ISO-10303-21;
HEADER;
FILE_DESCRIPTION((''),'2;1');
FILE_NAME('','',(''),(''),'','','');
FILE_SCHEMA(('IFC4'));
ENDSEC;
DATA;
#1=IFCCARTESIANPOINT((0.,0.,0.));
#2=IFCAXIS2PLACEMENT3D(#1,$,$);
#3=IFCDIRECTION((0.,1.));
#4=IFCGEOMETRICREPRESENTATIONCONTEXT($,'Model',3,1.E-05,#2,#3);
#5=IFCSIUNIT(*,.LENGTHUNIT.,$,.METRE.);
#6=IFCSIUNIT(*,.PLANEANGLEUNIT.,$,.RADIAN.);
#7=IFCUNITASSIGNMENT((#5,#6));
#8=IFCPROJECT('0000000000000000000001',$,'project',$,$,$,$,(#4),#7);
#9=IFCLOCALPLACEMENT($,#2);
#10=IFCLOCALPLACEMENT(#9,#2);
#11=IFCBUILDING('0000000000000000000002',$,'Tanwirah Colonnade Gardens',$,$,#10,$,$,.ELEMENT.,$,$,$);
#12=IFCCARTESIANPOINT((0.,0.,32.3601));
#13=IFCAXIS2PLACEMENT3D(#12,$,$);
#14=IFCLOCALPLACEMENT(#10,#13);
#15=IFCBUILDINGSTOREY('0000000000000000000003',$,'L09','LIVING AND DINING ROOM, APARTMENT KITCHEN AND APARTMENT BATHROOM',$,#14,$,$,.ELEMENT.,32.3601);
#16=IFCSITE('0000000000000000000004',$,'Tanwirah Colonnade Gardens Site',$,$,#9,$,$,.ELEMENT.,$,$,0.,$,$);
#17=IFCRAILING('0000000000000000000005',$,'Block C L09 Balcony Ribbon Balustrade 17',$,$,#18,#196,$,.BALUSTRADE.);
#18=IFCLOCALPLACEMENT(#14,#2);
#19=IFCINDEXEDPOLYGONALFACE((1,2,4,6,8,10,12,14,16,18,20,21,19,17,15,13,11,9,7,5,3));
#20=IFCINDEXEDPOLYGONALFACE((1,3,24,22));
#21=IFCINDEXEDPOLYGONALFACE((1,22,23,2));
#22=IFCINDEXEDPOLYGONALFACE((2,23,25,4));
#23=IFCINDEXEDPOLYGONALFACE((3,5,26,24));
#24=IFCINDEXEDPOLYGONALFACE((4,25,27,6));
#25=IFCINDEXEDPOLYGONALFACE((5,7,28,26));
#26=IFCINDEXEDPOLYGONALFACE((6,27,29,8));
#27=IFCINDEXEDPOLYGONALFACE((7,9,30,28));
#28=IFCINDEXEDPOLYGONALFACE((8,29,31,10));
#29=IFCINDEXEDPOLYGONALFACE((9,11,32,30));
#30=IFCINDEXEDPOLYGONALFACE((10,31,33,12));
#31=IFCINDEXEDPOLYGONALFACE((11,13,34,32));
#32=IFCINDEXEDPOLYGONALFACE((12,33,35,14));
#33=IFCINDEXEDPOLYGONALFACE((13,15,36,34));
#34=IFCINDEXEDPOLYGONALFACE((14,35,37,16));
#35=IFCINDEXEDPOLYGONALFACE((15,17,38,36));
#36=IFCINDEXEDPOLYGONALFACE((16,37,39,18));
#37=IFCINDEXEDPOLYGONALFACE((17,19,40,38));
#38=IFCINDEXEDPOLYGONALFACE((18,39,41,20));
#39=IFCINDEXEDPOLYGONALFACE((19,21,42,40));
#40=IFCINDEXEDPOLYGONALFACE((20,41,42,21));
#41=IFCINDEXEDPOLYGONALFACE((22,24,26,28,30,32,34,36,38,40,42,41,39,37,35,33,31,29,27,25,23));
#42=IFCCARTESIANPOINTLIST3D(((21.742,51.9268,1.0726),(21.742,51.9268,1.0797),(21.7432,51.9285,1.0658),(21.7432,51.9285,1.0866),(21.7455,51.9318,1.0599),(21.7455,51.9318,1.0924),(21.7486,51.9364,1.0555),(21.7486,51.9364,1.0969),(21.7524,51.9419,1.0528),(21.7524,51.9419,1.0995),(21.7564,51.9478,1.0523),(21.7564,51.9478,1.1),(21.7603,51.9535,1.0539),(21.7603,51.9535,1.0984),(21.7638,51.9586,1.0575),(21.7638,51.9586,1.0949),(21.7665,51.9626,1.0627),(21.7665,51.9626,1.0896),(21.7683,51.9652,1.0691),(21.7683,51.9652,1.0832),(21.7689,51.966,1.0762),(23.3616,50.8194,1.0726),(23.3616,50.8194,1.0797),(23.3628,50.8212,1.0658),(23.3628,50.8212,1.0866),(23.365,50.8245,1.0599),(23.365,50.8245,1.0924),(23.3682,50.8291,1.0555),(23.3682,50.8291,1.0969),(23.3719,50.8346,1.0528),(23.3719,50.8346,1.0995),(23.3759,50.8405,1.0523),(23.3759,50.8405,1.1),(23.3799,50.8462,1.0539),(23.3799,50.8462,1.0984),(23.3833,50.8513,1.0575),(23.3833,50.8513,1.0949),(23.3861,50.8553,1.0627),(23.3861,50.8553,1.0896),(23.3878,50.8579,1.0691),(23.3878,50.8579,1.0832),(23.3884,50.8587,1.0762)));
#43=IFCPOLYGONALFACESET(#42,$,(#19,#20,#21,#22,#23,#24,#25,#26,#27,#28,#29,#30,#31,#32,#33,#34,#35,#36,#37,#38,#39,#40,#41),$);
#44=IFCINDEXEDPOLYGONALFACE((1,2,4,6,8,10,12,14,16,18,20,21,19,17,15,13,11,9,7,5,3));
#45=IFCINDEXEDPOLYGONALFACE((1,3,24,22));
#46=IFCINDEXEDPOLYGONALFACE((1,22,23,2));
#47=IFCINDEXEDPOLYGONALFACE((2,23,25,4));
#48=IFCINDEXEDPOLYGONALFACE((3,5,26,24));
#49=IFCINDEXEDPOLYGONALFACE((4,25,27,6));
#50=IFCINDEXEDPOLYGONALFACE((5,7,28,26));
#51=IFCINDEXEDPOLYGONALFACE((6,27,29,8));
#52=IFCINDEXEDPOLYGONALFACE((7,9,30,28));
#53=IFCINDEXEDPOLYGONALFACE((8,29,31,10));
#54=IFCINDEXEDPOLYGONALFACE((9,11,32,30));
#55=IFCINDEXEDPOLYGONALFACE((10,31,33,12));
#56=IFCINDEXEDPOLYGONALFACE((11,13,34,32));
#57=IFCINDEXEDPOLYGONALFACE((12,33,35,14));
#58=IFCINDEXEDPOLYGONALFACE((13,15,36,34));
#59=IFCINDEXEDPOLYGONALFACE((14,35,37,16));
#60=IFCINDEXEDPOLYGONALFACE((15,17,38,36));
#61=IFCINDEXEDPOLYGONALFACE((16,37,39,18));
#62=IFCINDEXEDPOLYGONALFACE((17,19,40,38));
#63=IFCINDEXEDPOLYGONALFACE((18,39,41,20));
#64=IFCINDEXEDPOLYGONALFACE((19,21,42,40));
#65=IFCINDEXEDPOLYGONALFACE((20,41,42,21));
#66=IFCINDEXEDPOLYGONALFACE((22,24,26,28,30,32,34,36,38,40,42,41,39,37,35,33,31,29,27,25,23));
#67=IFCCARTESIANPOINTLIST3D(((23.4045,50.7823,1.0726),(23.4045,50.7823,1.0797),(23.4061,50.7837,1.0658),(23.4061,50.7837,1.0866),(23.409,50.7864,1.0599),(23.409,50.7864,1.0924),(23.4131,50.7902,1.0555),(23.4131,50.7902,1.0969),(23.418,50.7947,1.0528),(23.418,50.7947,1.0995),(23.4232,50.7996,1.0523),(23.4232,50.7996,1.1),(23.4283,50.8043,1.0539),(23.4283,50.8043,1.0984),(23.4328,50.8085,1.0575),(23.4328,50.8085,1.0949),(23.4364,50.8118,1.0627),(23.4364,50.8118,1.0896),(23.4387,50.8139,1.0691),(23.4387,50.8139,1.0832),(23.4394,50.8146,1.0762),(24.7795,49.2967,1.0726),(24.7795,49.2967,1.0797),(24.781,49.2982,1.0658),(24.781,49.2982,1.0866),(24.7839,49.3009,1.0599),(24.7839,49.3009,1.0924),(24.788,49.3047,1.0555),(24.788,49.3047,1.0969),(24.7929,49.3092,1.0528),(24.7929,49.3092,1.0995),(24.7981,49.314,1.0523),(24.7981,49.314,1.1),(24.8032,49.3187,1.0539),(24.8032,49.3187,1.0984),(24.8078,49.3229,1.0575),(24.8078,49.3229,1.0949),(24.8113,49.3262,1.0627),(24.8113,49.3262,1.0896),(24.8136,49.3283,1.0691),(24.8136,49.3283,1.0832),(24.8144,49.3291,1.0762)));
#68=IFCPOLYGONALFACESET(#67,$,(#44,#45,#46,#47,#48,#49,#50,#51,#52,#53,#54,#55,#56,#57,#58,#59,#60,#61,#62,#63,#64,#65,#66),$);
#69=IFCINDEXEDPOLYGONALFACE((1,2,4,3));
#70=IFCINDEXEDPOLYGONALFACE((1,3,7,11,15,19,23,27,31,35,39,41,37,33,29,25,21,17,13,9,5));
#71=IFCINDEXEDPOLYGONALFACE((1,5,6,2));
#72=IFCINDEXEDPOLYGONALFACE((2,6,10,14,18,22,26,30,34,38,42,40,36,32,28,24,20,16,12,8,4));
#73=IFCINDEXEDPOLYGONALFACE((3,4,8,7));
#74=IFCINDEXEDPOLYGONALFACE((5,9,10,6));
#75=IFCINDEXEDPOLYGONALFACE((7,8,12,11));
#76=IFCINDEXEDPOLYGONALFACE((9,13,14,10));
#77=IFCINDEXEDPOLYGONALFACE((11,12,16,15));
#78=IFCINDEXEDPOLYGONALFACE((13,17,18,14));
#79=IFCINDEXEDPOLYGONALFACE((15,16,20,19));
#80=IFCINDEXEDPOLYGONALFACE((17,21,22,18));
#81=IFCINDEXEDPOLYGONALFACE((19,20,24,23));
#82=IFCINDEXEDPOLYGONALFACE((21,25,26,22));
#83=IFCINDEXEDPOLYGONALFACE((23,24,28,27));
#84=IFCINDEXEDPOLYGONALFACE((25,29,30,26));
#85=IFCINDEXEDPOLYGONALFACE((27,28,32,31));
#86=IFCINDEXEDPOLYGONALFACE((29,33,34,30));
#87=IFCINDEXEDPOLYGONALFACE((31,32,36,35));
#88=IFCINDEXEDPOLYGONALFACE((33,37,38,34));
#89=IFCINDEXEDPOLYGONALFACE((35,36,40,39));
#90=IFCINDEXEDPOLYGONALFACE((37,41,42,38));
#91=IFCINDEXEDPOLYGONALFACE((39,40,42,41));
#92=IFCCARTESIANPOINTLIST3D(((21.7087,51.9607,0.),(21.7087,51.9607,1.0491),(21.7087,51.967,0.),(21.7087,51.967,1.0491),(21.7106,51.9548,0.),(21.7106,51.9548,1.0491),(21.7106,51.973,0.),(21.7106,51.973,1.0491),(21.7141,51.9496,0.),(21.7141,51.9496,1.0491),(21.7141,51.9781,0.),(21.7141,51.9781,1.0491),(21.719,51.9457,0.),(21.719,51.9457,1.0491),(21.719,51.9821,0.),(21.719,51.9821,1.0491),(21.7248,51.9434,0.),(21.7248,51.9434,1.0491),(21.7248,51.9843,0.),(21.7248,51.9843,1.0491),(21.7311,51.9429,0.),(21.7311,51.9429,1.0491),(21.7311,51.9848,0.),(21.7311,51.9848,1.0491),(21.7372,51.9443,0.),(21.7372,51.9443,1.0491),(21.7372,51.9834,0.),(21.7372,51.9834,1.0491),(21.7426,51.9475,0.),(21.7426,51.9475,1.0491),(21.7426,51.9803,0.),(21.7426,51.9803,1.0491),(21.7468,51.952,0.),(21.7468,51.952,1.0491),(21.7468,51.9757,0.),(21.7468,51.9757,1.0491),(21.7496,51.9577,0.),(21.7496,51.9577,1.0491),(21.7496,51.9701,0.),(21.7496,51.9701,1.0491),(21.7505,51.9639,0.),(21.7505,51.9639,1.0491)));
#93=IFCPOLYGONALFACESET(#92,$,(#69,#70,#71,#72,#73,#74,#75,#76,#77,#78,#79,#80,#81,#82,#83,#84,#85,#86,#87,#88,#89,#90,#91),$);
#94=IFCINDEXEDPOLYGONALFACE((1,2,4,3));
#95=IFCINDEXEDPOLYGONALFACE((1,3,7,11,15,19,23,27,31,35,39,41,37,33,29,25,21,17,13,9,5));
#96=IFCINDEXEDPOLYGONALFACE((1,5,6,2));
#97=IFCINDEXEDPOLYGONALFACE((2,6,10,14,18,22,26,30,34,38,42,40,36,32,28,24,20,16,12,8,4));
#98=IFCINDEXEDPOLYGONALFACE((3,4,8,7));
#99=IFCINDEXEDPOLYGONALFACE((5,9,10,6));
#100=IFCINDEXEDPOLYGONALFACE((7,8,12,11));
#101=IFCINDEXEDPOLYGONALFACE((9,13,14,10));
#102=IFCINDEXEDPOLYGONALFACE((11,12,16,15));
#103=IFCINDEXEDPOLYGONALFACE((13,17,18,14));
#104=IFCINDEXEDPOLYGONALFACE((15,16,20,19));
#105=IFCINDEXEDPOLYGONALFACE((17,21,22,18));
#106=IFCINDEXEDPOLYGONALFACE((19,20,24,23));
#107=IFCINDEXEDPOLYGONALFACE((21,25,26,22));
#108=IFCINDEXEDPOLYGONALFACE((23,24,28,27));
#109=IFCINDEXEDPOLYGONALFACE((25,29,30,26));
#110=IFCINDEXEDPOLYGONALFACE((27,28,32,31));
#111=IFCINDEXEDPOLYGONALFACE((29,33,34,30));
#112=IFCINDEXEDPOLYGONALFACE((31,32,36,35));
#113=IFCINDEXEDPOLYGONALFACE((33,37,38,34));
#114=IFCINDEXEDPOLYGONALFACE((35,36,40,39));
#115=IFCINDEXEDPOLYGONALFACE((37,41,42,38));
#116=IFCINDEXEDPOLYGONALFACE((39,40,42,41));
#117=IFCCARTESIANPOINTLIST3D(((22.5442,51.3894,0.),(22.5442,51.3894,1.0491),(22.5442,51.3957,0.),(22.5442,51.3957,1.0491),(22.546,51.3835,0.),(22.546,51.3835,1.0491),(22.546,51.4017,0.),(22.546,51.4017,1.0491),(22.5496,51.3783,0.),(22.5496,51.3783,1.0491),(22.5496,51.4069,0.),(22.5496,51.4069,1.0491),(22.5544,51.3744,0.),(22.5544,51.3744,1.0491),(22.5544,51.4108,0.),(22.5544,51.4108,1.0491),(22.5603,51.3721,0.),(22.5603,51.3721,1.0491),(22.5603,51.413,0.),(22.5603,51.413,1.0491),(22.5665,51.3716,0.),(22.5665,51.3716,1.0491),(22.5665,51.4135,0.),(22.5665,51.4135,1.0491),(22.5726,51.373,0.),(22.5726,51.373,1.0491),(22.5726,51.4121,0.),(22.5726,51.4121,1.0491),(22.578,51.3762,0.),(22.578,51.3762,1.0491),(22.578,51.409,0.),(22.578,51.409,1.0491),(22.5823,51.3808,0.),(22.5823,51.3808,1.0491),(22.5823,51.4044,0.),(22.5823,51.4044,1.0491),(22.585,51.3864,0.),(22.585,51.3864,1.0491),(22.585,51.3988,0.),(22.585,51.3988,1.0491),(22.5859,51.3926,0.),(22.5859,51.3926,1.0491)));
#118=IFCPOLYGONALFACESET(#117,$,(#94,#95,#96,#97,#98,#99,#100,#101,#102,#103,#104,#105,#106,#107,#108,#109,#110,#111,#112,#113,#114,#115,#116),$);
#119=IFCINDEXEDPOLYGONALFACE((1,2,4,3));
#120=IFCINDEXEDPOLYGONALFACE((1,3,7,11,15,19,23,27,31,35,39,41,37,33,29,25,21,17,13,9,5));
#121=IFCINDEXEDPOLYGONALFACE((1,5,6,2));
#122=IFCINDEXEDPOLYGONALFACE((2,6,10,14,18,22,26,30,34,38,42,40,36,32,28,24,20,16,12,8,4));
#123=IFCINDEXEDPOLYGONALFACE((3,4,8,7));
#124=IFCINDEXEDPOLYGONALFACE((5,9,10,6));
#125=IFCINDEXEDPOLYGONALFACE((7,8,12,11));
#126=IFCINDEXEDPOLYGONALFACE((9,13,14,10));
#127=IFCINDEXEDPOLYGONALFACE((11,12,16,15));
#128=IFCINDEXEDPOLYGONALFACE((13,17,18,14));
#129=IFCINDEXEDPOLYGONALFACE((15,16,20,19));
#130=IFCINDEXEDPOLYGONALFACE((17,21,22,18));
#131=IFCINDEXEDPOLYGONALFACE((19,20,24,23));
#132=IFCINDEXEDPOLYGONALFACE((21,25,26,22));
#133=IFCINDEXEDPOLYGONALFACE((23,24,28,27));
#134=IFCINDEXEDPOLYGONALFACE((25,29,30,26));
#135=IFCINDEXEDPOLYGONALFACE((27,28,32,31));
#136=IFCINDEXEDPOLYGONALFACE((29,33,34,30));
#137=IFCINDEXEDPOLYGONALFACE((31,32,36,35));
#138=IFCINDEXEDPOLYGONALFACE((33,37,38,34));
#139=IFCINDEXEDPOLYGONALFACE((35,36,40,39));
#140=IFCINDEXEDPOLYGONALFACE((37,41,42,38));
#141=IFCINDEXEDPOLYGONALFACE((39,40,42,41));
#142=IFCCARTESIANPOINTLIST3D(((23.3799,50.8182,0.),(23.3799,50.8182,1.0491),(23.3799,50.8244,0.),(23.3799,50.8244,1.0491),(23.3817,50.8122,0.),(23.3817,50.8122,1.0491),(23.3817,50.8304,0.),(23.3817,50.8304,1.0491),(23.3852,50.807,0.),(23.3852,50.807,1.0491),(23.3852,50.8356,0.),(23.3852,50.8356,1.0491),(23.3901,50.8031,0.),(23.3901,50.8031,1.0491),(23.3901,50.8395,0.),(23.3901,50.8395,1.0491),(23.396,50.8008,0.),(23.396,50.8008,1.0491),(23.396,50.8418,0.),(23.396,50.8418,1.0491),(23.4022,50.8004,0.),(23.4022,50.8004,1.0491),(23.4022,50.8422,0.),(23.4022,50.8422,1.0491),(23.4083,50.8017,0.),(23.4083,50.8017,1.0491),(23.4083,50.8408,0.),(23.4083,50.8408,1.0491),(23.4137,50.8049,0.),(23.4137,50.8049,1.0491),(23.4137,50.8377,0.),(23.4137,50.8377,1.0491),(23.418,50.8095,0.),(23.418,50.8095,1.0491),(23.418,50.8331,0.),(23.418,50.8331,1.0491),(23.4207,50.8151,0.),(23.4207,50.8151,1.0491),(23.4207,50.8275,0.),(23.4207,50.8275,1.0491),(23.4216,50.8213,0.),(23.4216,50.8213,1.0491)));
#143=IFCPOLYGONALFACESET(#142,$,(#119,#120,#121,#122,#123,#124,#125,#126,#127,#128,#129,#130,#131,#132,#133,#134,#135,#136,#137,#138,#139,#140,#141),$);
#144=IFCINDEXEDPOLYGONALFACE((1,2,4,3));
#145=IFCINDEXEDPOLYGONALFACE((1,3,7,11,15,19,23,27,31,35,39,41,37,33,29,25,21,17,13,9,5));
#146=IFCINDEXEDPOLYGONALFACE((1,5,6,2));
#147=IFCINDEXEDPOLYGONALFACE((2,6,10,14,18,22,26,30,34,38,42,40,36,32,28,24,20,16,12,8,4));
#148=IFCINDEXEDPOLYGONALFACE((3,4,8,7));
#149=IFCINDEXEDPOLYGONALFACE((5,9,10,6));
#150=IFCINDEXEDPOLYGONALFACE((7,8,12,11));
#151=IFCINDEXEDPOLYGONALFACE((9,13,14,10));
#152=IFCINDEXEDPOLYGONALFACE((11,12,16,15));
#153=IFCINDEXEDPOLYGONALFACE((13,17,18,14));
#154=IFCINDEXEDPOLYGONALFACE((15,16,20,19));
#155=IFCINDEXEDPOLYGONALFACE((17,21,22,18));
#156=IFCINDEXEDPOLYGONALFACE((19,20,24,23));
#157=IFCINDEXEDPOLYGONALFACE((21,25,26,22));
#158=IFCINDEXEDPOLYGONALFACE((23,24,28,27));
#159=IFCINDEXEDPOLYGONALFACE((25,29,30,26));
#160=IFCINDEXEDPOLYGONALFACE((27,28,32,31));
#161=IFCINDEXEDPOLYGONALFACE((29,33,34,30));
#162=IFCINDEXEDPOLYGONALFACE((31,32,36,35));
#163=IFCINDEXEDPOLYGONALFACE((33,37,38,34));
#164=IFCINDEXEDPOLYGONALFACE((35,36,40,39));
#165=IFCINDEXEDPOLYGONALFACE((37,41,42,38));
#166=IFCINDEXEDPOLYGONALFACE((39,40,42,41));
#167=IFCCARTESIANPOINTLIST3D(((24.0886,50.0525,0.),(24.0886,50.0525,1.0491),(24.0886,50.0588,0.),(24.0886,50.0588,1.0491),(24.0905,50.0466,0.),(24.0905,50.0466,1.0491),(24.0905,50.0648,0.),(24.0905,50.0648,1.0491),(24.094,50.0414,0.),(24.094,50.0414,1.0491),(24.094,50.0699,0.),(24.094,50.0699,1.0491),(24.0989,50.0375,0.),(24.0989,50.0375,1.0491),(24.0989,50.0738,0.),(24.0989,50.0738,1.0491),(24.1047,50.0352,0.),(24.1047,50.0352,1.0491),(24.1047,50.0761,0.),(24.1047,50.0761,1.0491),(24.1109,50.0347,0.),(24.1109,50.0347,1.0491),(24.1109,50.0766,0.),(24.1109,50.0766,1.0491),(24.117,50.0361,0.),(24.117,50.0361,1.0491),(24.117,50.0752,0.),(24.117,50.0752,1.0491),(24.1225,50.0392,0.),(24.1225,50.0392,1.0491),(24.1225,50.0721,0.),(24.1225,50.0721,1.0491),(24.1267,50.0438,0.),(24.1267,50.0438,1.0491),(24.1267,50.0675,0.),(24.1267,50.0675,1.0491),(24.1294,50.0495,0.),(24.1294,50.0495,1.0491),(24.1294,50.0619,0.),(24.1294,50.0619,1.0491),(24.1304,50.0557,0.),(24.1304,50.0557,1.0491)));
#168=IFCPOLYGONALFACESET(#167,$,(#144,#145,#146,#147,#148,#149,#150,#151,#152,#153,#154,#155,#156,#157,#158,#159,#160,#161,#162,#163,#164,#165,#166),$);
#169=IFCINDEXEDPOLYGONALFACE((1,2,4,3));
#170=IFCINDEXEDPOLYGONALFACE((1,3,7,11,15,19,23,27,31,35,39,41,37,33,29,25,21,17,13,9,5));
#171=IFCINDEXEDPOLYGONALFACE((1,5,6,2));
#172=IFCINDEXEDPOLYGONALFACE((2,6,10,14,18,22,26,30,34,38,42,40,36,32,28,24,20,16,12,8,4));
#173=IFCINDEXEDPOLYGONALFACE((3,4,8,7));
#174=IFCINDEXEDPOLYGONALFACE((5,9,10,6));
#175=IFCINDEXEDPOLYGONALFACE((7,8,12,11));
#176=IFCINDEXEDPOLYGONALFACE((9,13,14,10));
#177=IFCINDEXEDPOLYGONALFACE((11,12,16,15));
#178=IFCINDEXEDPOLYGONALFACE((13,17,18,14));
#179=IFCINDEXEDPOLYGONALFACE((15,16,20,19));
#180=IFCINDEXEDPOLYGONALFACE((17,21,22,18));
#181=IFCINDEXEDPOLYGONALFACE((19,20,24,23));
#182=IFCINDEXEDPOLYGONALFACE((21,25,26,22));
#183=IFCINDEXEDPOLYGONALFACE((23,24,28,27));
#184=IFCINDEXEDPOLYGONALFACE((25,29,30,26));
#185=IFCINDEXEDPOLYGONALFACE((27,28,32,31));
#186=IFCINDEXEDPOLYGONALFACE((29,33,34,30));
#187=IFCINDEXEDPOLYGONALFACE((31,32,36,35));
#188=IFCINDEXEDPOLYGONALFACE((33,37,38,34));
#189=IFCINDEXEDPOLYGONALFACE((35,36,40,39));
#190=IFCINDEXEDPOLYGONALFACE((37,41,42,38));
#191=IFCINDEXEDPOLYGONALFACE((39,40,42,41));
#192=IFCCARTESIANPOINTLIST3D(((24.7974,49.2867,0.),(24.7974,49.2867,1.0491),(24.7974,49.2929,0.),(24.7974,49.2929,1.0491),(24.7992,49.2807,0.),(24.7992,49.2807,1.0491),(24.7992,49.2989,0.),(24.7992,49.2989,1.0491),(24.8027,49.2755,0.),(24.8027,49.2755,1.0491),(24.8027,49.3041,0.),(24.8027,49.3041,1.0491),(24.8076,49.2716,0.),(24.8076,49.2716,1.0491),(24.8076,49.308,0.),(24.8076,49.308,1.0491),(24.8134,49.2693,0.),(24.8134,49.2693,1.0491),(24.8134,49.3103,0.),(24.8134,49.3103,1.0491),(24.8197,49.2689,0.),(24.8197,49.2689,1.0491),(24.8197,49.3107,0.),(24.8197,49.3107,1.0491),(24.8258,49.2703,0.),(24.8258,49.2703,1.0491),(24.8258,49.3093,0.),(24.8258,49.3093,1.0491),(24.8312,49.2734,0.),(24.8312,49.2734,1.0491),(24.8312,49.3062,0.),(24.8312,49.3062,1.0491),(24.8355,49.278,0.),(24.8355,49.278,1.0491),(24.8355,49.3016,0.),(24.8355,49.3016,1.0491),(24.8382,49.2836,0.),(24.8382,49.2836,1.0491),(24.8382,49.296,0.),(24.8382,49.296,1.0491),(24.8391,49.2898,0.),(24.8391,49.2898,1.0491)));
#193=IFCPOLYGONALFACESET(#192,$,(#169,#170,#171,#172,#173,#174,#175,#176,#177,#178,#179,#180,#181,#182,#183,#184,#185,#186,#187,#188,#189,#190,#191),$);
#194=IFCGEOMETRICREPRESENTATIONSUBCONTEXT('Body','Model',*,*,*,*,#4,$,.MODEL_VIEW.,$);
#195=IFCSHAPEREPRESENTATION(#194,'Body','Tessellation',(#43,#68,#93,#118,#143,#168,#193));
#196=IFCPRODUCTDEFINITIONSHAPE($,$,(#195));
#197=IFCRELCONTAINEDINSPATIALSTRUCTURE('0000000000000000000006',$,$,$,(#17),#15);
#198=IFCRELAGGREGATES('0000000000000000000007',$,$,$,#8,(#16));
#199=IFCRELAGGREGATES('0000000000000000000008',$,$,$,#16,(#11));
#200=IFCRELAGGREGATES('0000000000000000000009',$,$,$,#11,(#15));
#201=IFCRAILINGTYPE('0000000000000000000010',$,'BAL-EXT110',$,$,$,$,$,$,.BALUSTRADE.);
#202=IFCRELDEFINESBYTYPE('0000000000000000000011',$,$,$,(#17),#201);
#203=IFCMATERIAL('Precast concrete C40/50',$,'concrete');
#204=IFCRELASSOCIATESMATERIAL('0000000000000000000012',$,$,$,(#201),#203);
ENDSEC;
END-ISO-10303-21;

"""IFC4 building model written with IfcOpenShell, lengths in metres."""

from ifc_helpers import new_model, si_unit, direction, frame, origin, origin_2d, place, context, subcontext, project, spatial, circle, extrude, material, type_object, element, save


model = new_model("IFC4")

# Units and contexts
model_context = context("Model", 3, precision=1e-05, world=origin(), true_north=direction((0.0, 1.0)))
body_context = subcontext(model_context, "Body", "Model", "MODEL_VIEW")
ifc_project = project(units=[si_unit("LENGTHUNIT", "METRE"), si_unit("PLANEANGLEUNIT", "RADIAN")], contexts=[model_context])

# Site, building, storey
site_placement = place(None, origin())
site = spatial("IfcSite", under=ifc_project, at=site_placement, Name="Tanwirah Colonnade Gardens Site", CompositionType="ELEMENT", RefElevation=0.0)
building_placement = place(site_placement, origin())
building = spatial("IfcBuilding", under=site, at=building_placement, Name="Tanwirah Colonnade Gardens", CompositionType="ELEMENT")
storey_placement = place(building_placement, frame((0.0, 0.0, 32.3601)))
storey = spatial("IfcBuildingStorey", under=building, at=storey_placement, Name="L09", Description="LIVING AND DINING ROOM, APARTMENT KITCHEN AND APARTMENT BATHROOM", CompositionType="ELEMENT", Elevation=32.3601)

# Shared definitions
ifc_material_1 = material(Name="Precast concrete C40/50", Category="concrete")

# Railing
railing_type_1 = type_object("IfcRailingType", Name="BAL-EXT110", PredefinedType="BALUSTRADE", material=ifc_material_1)
railing_1_placement = place(storey_placement, frame((21.7295, 51.9639, 0.0)))
element("IfcRailing", 1, at=railing_1_placement, inside=storey, type_object=railing_type_1, Name="Block C L09 Balcony Ribbon Balustrade 17", PredefinedType="BALUSTRADE", context=body_context, shape_type="SweptSolid", body=[
    extrude(circle(Radius=0.0239, at=origin_2d()), frame((0.0259, -0.0176, 1.0762), z_axis=(0.825499, -0.564403, 0.0), x_axis=(0.564403, 0.825499, 0.0)), (0.0, 0.0, 1.0), 1.9619),
    extrude(circle(Radius=0.0239, at=origin_2d()), frame((1.6924, -1.1655, 1.0762), z_axis=(0.679261, -0.733897, 0.0), x_axis=(0.733897, 0.679261, 0.0)), (0.0, 0.0, 1.0), 2.0242),
    extrude(circle(Radius=0.021, at=origin_2d()), origin(), (0.0, 0.0, 1.0), 1.0491),
    extrude(circle(Radius=0.021, at=origin_2d()), frame((0.8354, -0.5713, 0.0)), (0.0, 0.0, 1.0), 1.0491),
    extrude(circle(Radius=0.021, at=origin_2d()), frame((1.6711, -1.1426, 0.0)), (0.0, 0.0, 1.0), 1.0491),
    extrude(circle(Radius=0.021, at=origin_2d()), frame((2.3799, -1.9082, 0.0)), (0.0, 0.0, 1.0), 1.0491),
    extrude(circle(Radius=0.021, at=origin_2d()), frame((3.0886, -2.6741, 0.0)), (0.0, 0.0, 1.0), 1.0491),
])

save(model, "model.ifc")
